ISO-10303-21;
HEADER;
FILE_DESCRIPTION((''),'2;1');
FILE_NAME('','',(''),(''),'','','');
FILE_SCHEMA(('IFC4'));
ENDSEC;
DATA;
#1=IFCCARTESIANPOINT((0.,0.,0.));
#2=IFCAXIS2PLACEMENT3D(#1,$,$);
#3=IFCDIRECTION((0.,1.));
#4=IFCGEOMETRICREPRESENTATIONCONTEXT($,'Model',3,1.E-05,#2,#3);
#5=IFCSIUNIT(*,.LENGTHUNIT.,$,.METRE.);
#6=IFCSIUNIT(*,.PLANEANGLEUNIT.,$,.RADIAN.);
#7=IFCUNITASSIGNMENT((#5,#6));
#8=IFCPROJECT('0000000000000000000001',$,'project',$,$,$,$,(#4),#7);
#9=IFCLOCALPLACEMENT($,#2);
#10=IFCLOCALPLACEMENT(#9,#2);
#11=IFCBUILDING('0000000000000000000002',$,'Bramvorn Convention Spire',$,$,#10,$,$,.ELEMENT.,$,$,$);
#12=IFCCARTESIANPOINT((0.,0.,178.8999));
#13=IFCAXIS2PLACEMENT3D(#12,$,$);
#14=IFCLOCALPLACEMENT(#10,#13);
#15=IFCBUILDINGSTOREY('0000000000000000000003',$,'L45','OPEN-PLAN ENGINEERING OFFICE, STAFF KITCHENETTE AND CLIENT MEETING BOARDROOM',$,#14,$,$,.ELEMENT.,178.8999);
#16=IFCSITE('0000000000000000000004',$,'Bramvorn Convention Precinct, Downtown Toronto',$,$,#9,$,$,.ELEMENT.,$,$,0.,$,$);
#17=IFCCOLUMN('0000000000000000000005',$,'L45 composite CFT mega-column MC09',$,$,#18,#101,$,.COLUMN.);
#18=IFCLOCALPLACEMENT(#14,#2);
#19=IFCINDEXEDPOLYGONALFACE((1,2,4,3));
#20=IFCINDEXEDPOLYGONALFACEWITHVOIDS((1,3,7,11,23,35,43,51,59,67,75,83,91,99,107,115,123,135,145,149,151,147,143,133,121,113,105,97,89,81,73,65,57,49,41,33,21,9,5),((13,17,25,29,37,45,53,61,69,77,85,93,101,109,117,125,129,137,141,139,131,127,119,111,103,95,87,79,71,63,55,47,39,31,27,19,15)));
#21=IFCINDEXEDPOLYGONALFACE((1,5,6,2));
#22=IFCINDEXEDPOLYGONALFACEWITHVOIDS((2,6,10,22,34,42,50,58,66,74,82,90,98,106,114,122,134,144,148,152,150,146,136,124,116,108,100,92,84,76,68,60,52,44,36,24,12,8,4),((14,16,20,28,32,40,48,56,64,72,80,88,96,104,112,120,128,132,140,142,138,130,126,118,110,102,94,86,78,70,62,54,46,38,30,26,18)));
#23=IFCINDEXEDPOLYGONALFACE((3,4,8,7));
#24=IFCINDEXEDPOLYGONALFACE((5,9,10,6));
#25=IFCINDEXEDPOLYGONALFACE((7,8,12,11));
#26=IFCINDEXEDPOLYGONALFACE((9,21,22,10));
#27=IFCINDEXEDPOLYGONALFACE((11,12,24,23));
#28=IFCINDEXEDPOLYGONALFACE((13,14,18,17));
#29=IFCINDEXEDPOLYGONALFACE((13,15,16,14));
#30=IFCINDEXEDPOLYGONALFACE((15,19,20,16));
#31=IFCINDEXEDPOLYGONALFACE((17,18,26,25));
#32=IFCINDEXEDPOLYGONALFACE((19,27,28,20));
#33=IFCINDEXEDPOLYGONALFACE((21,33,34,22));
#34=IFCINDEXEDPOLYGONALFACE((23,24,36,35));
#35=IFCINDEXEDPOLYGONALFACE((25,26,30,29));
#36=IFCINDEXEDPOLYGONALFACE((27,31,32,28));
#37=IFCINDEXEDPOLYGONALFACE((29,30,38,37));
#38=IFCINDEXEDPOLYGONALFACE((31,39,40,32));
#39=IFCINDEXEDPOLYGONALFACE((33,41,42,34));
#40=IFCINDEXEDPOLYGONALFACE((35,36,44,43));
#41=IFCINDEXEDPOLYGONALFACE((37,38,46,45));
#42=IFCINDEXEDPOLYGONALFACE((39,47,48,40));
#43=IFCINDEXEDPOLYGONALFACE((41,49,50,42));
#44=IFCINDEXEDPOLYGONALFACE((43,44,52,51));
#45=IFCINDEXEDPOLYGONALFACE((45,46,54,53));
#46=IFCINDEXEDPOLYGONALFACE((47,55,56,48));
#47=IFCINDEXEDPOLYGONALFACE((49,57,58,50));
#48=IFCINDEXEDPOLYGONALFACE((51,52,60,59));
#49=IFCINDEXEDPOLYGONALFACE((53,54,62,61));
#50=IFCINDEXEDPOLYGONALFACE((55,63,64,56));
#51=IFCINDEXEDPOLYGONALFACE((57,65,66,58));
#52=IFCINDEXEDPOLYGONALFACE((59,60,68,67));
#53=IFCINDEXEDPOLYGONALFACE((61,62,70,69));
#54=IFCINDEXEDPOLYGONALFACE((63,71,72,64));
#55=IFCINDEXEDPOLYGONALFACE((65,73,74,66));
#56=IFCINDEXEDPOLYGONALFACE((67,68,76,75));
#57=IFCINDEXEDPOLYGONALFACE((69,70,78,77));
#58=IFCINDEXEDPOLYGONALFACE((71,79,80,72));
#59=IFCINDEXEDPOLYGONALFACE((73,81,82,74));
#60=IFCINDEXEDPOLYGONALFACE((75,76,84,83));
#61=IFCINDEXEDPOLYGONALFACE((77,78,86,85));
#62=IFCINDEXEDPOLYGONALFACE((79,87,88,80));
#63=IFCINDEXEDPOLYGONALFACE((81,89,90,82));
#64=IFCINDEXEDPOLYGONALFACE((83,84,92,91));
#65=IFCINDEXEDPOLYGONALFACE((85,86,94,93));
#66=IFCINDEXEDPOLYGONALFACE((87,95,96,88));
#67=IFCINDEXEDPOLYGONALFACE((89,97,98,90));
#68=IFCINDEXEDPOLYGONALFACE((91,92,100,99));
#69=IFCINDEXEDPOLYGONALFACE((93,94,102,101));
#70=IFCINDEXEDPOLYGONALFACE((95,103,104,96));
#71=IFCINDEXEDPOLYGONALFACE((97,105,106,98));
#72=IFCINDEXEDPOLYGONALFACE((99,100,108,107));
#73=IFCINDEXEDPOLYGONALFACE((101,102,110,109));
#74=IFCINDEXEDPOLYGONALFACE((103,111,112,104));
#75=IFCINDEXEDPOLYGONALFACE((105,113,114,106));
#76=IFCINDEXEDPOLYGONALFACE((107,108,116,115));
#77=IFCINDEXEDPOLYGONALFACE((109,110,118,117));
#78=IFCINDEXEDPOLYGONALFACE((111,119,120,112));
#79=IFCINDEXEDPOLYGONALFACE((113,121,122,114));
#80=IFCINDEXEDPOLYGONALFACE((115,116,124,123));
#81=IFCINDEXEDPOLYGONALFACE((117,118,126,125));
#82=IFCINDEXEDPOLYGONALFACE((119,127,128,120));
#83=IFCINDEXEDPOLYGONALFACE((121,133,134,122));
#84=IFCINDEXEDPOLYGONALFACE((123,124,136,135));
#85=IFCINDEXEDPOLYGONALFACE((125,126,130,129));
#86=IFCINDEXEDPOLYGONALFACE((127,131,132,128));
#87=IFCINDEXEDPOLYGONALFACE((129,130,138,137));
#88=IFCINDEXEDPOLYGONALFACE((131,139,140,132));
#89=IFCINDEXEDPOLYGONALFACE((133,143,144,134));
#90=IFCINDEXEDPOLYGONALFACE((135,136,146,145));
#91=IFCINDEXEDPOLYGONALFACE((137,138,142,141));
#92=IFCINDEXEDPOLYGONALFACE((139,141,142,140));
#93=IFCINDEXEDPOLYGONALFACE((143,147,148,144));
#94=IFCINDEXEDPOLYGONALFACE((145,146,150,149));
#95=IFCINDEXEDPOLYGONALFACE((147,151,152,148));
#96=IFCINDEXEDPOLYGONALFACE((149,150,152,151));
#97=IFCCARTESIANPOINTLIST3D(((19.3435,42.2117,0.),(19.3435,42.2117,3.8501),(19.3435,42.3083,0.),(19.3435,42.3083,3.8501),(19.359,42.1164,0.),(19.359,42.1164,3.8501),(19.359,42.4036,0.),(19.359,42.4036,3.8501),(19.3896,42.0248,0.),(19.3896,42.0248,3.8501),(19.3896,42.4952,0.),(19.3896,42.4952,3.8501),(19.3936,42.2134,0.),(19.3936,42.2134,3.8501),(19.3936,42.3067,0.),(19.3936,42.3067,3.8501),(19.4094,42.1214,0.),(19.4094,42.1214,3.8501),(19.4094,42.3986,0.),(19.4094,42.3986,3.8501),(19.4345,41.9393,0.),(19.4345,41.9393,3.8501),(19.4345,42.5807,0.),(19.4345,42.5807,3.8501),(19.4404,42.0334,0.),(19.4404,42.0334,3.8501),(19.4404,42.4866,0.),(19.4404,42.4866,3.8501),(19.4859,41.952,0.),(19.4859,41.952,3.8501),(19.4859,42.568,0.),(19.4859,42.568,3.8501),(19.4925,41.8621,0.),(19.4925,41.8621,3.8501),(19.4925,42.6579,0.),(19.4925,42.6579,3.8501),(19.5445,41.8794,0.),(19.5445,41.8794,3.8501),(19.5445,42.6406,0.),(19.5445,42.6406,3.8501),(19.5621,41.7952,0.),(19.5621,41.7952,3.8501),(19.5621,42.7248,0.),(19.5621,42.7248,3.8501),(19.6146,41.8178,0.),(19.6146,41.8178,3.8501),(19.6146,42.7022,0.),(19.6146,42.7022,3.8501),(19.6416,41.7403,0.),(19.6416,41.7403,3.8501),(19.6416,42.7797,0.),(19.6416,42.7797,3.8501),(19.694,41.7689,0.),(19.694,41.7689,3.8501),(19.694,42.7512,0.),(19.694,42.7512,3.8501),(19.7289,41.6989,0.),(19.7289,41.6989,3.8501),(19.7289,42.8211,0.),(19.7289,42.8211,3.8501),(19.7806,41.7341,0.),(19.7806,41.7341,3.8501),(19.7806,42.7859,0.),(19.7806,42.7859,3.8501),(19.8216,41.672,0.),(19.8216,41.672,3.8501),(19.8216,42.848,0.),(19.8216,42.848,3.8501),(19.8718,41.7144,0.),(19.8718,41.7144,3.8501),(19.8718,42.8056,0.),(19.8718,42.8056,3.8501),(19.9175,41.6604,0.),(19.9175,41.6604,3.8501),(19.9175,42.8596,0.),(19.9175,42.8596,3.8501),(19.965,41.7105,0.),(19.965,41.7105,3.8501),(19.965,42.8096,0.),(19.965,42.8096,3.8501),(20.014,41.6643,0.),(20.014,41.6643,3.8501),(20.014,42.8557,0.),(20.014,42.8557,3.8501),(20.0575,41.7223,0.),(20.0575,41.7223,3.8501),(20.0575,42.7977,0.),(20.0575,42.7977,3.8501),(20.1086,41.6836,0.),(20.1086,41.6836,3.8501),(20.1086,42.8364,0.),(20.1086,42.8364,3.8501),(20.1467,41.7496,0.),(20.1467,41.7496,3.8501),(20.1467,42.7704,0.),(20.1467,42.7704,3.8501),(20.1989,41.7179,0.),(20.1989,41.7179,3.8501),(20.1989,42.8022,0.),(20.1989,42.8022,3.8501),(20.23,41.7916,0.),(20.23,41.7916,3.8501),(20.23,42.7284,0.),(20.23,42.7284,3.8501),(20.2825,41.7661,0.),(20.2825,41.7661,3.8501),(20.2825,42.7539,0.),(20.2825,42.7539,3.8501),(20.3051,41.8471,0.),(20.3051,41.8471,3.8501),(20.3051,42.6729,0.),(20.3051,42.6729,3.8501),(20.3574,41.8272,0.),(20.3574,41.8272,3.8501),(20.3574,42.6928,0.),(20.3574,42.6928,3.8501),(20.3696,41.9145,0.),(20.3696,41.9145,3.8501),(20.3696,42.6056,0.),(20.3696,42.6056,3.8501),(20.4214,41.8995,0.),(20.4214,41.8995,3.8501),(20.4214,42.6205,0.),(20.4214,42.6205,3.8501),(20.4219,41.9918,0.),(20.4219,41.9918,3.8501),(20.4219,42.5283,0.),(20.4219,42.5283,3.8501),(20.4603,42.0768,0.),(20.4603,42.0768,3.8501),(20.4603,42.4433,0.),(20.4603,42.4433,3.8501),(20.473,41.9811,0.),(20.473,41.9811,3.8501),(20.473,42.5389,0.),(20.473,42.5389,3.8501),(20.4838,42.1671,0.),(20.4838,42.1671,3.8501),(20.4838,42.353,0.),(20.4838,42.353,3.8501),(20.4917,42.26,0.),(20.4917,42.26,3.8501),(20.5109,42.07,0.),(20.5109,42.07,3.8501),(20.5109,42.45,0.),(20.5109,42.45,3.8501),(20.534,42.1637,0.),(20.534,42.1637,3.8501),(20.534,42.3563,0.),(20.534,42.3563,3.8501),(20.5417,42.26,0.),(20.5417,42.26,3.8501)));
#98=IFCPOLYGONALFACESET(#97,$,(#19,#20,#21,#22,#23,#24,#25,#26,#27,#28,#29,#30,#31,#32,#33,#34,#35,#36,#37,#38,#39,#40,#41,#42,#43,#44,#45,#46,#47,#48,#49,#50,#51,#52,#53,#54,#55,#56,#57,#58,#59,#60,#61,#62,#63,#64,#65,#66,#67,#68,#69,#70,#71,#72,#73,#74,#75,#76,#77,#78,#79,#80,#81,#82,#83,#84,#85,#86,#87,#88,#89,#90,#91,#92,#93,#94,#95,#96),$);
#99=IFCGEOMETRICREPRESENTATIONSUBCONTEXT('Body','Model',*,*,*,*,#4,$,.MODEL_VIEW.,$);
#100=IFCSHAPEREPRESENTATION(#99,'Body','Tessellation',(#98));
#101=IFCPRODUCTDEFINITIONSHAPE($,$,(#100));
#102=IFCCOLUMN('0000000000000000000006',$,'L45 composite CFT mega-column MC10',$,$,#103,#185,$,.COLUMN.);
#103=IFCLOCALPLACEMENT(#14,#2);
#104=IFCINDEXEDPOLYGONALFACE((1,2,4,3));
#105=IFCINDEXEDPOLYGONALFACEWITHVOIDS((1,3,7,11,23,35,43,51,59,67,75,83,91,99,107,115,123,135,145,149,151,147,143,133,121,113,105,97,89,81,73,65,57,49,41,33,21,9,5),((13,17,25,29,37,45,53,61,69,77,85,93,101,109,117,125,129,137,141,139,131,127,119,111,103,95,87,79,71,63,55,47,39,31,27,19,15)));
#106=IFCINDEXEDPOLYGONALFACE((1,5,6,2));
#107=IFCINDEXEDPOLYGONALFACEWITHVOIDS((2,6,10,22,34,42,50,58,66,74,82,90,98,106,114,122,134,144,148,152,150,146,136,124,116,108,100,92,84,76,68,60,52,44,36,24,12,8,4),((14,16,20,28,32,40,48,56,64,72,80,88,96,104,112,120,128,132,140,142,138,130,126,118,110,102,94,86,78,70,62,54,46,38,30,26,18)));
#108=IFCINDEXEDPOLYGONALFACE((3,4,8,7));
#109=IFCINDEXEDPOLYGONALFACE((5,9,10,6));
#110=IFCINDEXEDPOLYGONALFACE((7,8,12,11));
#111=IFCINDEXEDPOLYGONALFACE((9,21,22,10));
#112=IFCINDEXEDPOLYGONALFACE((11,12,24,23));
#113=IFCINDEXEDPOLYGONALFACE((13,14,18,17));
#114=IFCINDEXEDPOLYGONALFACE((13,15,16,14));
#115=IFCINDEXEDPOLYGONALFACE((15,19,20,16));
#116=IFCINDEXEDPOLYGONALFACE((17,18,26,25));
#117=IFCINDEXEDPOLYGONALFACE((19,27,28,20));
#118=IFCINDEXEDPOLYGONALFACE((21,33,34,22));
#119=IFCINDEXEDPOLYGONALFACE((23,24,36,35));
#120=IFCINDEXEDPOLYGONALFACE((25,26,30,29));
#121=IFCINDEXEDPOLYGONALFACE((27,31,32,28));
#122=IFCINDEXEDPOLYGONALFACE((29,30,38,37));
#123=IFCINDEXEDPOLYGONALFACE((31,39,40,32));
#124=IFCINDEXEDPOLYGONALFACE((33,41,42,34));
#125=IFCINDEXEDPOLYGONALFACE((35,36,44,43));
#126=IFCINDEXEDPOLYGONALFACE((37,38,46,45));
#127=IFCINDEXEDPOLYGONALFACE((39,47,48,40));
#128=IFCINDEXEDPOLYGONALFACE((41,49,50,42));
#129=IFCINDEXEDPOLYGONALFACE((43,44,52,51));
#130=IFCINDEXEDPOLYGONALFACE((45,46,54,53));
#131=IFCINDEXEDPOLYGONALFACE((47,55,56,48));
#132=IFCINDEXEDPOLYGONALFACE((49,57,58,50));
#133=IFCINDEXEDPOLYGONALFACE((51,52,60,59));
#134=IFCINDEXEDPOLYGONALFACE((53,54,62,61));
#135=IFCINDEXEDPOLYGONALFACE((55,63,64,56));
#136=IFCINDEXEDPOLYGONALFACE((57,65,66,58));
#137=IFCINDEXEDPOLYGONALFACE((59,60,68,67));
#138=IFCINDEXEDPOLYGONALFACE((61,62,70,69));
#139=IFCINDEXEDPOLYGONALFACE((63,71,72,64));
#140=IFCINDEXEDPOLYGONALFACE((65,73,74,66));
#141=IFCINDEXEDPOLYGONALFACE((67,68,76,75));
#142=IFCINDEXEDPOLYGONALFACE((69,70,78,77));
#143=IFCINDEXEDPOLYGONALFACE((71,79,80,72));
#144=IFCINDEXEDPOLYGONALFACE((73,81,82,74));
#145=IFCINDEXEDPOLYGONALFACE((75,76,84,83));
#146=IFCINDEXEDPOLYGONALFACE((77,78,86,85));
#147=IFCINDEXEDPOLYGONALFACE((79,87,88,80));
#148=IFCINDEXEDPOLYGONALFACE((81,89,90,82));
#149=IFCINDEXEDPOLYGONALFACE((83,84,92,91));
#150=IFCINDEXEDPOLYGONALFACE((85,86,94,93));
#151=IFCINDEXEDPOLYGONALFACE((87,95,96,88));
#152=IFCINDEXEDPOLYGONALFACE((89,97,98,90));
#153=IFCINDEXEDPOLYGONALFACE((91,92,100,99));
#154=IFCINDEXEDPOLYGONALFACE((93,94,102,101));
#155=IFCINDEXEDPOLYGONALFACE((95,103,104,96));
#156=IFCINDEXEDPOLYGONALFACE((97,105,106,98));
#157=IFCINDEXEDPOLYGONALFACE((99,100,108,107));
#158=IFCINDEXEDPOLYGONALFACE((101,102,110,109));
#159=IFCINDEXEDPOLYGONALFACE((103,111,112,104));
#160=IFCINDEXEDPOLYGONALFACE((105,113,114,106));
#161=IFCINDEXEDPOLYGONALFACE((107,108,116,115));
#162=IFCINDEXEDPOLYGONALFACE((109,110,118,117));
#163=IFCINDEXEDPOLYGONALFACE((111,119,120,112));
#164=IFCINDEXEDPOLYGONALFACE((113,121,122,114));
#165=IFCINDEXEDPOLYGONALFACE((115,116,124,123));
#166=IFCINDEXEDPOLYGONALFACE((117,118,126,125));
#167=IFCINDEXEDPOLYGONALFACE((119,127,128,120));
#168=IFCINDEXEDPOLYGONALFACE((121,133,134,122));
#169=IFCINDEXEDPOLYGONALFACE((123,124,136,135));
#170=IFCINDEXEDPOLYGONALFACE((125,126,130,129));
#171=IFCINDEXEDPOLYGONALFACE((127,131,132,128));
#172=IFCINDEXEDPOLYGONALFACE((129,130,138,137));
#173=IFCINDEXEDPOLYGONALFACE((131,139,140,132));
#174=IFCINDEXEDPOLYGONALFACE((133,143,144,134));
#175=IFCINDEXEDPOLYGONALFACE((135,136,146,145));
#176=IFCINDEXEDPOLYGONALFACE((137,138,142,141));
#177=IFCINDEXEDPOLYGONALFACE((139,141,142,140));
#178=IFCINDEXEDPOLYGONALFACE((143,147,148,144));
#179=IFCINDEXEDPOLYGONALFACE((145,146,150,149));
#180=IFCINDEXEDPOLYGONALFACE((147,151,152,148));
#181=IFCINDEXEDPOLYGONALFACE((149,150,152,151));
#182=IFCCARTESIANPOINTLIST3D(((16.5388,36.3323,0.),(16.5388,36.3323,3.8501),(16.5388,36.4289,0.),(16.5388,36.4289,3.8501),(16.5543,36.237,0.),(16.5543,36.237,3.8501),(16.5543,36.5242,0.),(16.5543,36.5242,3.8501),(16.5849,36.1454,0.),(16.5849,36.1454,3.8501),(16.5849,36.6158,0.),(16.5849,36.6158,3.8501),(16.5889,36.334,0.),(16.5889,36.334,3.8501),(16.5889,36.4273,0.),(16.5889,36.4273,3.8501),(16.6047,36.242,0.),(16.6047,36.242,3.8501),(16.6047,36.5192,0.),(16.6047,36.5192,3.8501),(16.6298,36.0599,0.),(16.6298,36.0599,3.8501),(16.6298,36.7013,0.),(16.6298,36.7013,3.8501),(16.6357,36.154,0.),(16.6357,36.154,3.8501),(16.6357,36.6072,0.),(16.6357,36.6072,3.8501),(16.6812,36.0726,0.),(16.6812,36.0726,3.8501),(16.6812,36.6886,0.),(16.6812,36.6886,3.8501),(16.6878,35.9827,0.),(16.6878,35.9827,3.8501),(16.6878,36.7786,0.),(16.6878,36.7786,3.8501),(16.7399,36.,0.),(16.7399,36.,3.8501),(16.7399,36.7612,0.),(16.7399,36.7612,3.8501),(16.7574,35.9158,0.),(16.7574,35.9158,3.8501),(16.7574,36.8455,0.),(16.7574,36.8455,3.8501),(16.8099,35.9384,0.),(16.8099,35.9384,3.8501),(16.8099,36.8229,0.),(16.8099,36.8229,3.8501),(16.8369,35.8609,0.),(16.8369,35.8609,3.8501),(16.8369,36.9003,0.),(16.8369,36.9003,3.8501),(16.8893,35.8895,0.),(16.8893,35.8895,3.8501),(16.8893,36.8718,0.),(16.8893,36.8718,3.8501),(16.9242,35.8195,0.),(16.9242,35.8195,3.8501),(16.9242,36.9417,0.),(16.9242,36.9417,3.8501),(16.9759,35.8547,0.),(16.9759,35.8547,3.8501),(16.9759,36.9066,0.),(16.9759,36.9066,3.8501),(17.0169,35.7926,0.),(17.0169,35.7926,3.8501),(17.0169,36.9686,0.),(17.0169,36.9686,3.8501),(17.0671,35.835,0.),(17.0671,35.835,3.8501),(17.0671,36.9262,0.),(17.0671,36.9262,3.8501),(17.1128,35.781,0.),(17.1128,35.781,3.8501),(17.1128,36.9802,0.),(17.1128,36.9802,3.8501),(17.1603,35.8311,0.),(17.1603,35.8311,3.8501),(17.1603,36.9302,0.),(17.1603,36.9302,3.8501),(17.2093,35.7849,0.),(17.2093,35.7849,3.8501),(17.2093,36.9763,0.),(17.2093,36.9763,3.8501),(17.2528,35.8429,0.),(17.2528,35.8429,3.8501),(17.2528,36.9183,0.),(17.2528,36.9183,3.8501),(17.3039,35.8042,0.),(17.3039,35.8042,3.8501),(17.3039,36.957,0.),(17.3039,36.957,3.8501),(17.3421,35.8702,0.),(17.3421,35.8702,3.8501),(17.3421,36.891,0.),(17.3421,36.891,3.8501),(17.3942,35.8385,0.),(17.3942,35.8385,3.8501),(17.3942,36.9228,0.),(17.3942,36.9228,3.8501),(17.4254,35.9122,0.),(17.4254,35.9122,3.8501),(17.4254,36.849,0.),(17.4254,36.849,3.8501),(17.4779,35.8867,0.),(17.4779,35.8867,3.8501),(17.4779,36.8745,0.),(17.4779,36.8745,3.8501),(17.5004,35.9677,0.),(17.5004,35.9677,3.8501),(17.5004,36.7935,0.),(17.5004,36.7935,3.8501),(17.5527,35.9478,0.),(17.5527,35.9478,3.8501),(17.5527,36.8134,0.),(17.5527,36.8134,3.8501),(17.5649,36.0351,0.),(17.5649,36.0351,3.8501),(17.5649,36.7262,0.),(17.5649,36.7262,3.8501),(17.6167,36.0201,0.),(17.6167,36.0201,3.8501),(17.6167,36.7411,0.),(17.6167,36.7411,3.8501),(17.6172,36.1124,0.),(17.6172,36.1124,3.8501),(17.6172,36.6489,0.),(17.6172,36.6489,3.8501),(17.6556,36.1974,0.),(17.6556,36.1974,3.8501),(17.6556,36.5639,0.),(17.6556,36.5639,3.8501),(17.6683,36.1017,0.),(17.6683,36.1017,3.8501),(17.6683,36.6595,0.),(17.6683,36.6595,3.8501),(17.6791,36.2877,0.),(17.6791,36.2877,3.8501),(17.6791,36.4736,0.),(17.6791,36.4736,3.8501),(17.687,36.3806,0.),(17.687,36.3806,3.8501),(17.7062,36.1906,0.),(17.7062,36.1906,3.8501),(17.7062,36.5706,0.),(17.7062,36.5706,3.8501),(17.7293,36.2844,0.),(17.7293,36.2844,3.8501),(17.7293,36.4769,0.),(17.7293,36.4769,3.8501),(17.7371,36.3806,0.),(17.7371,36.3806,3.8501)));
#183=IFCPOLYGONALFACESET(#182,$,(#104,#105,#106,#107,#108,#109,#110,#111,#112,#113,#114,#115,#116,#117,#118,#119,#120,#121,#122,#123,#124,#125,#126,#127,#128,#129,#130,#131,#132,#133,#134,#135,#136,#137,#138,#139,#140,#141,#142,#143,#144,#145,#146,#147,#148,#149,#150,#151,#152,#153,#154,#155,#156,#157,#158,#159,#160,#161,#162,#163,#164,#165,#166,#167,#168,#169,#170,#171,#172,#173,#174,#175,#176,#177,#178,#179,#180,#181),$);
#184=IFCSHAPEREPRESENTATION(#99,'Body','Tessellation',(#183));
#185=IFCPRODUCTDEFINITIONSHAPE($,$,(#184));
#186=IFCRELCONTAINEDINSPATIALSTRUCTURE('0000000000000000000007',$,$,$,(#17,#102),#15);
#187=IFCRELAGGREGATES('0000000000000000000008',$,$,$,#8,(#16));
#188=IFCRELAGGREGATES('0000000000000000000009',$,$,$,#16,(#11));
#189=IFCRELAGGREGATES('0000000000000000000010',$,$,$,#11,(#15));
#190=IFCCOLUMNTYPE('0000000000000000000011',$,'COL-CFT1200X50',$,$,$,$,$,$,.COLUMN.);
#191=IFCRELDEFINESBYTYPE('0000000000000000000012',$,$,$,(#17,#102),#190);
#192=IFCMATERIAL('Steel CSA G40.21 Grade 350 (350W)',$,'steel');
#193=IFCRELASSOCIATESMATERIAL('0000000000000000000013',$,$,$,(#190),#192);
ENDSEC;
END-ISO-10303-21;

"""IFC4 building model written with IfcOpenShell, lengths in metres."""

from ifc_helpers import new_model, si_unit, direction, frame, origin, origin_2d, place, context, subcontext, project, spatial, hollow_circle, extrude, material, material_profile, profile_set, type_object, element, save


model = new_model("IFC4")

# Units and contexts
model_context = context("Model", 3, precision=1e-05, world=origin(), true_north=direction((0.0, 1.0)))
body_context = subcontext(model_context, "Body", "Model", "MODEL_VIEW")
ifc_project = project(units=[si_unit("LENGTHUNIT", "METRE"), si_unit("PLANEANGLEUNIT", "RADIAN")], contexts=[model_context])

# Site, building, storey
site_placement = place(None, origin())
site = spatial("IfcSite", under=ifc_project, at=site_placement, Name="Bramvorn Convention Precinct, Downtown Toronto", CompositionType="ELEMENT", RefElevation=0.0)
building_placement = place(site_placement, origin())
building = spatial("IfcBuilding", under=site, at=building_placement, Name="Bramvorn Convention Spire", CompositionType="ELEMENT")
storey_placement = place(building_placement, frame((0.0, 0.0, 178.8999)))
storey = spatial("IfcBuildingStorey", under=building, at=storey_placement, Name="L45", Description="OPEN-PLAN ENGINEERING OFFICE, STAFF KITCHENETTE AND CLIENT MEETING BOARDROOM", CompositionType="ELEMENT", Elevation=178.8999)

# Columns
ifc_material_1 = material(Name="Steel CSA G40.21 Grade 350 (350W)", Category="steel")
ifc_material_profile_1 = material_profile(ifc_material_1, hollow_circle(Radius=0.6001, WallThickness=0.05, at=origin_2d()))
ifc_profile_set_1 = profile_set([ifc_material_profile_1], Name="Steel CSA G40.21 Grade 350 (350W) - CFT1200X50")
column_type = type_object("IfcColumnType", Name="COL-CFT1200X50", PredefinedType="COLUMN", material=ifc_profile_set_1)
for number, where, z_axis, x_axis, name in (
    (1, (19.9417, 42.26, 0.0), (0.0, 0.0, 1.0), (1.0, 0.0, 0.0), "L45 composite CFT mega-column MC09"),
    (2, (17.137, 36.3806, 0.0), (0.0, 0.0, 1.0), (1.0, 0.0, 0.0), "L45 composite CFT mega-column MC10"),
):
    element("IfcColumn", number, at=place(storey_placement, frame(where, z_axis=z_axis, x_axis=x_axis)), inside=storey, type_object=column_type, Name=name, PredefinedType="COLUMN", context=body_context, shape_type="SweptSolid", body=[
        extrude(hollow_circle(Radius=0.6001, WallThickness=0.05, at=origin_2d()), origin(), (0.0, 0.0, 1.0), 3.8501),
    ])

save(model, "model.ifc")
